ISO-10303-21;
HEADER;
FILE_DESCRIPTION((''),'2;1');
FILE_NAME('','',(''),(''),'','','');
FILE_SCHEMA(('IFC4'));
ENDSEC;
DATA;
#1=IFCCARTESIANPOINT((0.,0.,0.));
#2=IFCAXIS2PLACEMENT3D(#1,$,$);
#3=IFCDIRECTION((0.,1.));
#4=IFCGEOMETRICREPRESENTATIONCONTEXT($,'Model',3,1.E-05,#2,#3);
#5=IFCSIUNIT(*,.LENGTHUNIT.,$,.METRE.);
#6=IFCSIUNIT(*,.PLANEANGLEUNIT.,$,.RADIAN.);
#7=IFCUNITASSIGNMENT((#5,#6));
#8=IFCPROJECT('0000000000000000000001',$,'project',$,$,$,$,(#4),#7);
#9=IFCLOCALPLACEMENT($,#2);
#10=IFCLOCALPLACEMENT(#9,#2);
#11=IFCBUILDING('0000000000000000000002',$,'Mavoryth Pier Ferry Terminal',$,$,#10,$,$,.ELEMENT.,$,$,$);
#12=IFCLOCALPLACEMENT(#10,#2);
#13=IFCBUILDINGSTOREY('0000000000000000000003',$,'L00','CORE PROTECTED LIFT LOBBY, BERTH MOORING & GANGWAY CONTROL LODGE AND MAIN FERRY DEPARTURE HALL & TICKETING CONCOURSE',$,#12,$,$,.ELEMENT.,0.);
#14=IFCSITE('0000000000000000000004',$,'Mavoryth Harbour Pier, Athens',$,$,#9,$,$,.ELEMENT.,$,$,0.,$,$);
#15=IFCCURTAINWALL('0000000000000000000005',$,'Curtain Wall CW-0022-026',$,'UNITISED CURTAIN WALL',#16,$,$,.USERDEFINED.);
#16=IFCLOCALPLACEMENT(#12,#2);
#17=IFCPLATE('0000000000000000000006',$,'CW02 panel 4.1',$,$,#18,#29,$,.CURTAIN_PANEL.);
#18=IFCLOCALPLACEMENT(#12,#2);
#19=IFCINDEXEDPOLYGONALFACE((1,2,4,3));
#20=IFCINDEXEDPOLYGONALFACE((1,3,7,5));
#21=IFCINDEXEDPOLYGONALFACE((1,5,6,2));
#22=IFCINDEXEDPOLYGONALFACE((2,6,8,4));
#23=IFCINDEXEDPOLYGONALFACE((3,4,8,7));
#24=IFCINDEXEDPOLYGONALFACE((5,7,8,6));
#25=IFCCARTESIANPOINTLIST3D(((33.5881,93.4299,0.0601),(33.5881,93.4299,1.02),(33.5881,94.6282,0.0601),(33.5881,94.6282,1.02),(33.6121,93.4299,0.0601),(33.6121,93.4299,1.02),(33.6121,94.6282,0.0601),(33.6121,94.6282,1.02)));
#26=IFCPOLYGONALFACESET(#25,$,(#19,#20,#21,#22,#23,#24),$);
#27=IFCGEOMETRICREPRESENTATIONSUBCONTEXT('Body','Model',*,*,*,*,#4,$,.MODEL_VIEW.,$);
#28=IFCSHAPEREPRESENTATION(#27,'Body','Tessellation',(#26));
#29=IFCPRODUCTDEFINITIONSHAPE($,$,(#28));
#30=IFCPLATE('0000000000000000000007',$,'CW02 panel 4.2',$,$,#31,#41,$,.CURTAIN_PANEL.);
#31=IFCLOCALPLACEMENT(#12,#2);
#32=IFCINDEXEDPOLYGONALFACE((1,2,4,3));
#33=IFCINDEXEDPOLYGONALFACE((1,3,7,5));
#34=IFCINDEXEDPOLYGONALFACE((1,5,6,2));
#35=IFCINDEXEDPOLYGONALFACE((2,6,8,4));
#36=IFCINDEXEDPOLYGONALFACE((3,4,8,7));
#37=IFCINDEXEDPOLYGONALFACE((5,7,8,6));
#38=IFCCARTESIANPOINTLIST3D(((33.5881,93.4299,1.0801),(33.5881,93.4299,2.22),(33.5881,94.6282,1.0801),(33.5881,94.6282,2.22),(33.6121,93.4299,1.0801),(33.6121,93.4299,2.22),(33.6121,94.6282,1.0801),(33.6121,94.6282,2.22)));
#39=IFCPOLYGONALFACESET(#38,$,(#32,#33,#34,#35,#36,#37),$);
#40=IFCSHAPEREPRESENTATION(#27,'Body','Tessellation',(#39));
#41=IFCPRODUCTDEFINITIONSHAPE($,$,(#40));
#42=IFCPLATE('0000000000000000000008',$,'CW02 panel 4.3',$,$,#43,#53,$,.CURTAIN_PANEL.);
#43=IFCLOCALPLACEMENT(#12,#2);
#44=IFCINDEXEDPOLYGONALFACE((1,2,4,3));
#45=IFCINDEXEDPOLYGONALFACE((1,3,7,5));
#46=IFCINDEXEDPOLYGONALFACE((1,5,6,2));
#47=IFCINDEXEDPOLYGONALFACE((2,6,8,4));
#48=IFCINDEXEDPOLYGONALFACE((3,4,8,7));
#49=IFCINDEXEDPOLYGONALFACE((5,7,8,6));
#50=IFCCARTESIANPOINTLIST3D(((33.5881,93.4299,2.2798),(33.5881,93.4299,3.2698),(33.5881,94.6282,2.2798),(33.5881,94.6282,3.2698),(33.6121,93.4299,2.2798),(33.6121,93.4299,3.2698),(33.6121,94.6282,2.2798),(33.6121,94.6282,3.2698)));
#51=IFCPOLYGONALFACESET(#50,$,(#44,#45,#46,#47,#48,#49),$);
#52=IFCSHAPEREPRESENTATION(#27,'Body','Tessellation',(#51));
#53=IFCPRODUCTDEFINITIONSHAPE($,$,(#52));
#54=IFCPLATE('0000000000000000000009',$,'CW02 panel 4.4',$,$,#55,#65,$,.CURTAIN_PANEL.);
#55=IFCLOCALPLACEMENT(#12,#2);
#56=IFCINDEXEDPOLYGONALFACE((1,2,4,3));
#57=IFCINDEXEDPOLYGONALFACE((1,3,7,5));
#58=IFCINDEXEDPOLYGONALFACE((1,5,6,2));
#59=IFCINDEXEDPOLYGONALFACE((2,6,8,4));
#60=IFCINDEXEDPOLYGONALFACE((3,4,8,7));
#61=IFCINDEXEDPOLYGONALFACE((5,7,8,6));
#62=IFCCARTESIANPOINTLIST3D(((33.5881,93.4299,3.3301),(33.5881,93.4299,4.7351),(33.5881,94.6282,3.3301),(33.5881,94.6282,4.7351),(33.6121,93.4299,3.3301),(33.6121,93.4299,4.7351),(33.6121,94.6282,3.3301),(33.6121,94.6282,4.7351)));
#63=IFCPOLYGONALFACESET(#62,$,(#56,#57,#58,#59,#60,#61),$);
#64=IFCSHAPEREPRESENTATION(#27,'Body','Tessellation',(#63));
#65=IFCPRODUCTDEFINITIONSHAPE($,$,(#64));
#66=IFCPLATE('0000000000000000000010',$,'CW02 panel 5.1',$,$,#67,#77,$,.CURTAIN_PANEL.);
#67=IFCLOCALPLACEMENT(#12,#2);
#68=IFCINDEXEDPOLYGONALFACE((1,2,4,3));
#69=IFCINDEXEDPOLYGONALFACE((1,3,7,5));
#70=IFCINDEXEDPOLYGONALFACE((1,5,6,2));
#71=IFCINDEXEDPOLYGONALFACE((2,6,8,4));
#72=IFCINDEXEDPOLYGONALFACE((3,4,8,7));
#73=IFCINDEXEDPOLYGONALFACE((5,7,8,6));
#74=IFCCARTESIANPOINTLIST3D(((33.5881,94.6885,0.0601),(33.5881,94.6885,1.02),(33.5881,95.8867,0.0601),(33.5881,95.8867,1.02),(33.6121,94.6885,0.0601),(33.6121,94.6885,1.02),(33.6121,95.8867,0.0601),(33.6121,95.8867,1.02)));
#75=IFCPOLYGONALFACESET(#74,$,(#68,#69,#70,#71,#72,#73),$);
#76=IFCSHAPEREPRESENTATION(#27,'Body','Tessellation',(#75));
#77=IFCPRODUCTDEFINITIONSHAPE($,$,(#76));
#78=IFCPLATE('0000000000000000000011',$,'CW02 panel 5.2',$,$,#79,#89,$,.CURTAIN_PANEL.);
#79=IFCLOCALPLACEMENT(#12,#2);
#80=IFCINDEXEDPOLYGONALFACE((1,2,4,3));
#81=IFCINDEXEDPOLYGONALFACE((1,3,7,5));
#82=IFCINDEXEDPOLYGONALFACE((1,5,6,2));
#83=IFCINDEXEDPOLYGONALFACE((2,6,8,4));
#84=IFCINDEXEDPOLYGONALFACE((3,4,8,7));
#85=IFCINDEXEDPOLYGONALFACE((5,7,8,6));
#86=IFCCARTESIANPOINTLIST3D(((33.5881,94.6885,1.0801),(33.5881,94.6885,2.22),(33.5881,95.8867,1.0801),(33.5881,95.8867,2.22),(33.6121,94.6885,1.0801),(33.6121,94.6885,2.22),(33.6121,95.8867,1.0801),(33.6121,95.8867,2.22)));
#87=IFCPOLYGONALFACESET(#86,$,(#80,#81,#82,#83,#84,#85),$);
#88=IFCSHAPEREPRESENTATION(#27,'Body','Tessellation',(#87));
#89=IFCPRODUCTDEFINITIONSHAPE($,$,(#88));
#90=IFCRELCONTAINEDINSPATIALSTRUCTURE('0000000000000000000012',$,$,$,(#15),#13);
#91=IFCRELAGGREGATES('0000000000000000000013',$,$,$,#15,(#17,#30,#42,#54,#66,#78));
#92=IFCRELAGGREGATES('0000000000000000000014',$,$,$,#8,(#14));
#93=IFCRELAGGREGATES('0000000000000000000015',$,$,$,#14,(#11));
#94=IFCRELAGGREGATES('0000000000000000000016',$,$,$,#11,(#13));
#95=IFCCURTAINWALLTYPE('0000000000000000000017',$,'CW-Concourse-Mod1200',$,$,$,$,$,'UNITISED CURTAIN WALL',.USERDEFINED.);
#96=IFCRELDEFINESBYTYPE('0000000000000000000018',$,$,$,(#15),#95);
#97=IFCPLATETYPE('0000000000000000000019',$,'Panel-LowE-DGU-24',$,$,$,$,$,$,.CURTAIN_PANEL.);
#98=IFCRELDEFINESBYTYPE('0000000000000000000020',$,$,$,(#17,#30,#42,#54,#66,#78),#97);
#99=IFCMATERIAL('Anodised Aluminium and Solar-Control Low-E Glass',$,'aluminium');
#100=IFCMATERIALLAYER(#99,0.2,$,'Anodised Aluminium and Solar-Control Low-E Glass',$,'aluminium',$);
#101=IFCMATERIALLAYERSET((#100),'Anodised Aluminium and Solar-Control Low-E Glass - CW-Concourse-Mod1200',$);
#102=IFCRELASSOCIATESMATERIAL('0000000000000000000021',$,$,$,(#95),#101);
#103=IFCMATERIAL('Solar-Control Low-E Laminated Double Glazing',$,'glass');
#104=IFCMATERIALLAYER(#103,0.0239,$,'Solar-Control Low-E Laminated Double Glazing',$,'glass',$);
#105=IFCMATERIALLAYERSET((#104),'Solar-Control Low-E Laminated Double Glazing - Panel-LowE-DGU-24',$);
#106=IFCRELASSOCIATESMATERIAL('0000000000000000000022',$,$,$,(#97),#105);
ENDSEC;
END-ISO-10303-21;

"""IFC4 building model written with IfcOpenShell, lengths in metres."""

from ifc_helpers import new_model, si_unit, direction, frame, origin, origin_2d, place, context, subcontext, project, spatial, rectangle, extrude, material, layer, layer_set, type_object, element, aggregate, save


model = new_model("IFC4")

# Units and contexts
model_context = context("Model", 3, precision=1e-05, world=origin(), true_north=direction((0.0, 1.0)))
body_context = subcontext(model_context, "Body", "Model", "MODEL_VIEW")
ifc_project = project(units=[si_unit("LENGTHUNIT", "METRE"), si_unit("PLANEANGLEUNIT", "RADIAN")], contexts=[model_context])

# Site, building, storey
site_placement = place(None, origin())
site = spatial("IfcSite", under=ifc_project, at=site_placement, Name="Mavoryth Harbour Pier, Athens", CompositionType="ELEMENT", RefElevation=0.0)
building_placement = place(site_placement, origin())
building = spatial("IfcBuilding", under=site, at=building_placement, Name="Mavoryth Pier Ferry Terminal", CompositionType="ELEMENT")
storey_placement = place(building_placement, origin())
storey = spatial("IfcBuildingStorey", under=building, at=storey_placement, Name="L00", Description="CORE PROTECTED LIFT LOBBY, BERTH MOORING & GANGWAY CONTROL LODGE AND MAIN FERRY DEPARTURE HALL & TICKETING CONCOURSE", CompositionType="ELEMENT", Elevation=0.0)

# Curtain wall, plates
ifc_material_1 = material(Name="Anodised Aluminium and Solar-Control Low-E Glass", Category="aluminium")
ifc_layer_1 = layer(ifc_material_1, 0.2, Name="Anodised Aluminium and Solar-Control Low-E Glass", Category="aluminium")
ifc_layer_set_1 = layer_set([ifc_layer_1], Name="Anodised Aluminium and Solar-Control Low-E Glass - CW-Concourse-Mod1200")
curtain_wall_type = type_object("IfcCurtainWallType", Name="CW-Concourse-Mod1200", ElementType="UNITISED CURTAIN WALL", PredefinedType="USERDEFINED", material=ifc_layer_set_1)
curtain_wall_placement = place(storey_placement, origin())
curtain_wall = element("IfcCurtainWall", 1, at=curtain_wall_placement, inside=storey, type_object=curtain_wall_type, Name="Curtain Wall CW-0022-026", ObjectType="UNITISED CURTAIN WALL", PredefinedType="USERDEFINED")
ifc_material_2 = material(Name="Solar-Control Low-E Laminated Double Glazing", Category="glass")
ifc_layer_2 = layer(ifc_material_2, 0.0239, Name="Solar-Control Low-E Laminated Double Glazing", Category="glass")
ifc_layer_set_2 = layer_set([ifc_layer_2], Name="Solar-Control Low-E Laminated Double Glazing - Panel-LowE-DGU-24")
plate_type = type_object("IfcPlateType", Name="Panel-LowE-DGU-24", PredefinedType="CURTAIN_PANEL", material=ifc_layer_set_2)
plate_1_placement = place(storey_placement, frame((33.6001, 94.0291, 0.0601), z_axis=(0.0, 0.0, 1.0), x_axis=(0.0, 1.0, 0.0)))
plate_1 = element("IfcPlate", 2, at=plate_1_placement, type_object=plate_type, Name="CW02 panel 4.1", PredefinedType="CURTAIN_PANEL", context=body_context, shape_type="SweptSolid", body=[
    extrude(rectangle(XDim=1.1982, YDim=0.0239, at=origin_2d()), origin(), (0.0, 0.0, 1.0), 0.96),
])
plate_2_placement = place(storey_placement, frame((33.6001, 94.0291, 1.0801), z_axis=(0.0, 0.0, 1.0), x_axis=(0.0, 1.0, 0.0)))
plate_2 = element("IfcPlate", 3, at=plate_2_placement, type_object=plate_type, Name="CW02 panel 4.2", PredefinedType="CURTAIN_PANEL", context=body_context, shape_type="SweptSolid", body=[
    extrude(rectangle(XDim=1.1982, YDim=0.0239, at=origin_2d()), origin(), (0.0, 0.0, 1.0), 1.1399),
])
plate_3_placement = place(storey_placement, frame((33.6001, 94.0291, 2.2798), z_axis=(0.0, 0.0, 1.0), x_axis=(0.0, 1.0, 0.0)))
plate_3 = element("IfcPlate", 4, at=plate_3_placement, type_object=plate_type, Name="CW02 panel 4.3", PredefinedType="CURTAIN_PANEL", context=body_context, shape_type="SweptSolid", body=[
    extrude(rectangle(XDim=1.1982, YDim=0.0239, at=origin_2d()), origin(), (0.0, 0.0, 1.0), 0.99),
])
plate_4_placement = place(storey_placement, frame((33.6001, 94.0291, 3.3301), z_axis=(0.0, 0.0, 1.0), x_axis=(0.0, 1.0, 0.0)))
plate_4 = element("IfcPlate", 5, at=plate_4_placement, type_object=plate_type, Name="CW02 panel 4.4", PredefinedType="CURTAIN_PANEL", context=body_context, shape_type="SweptSolid", body=[
    extrude(rectangle(XDim=1.1982, YDim=0.0239, at=origin_2d()), origin(), (0.0, 0.0, 1.0), 1.405),
])
plate_5_placement = place(storey_placement, frame((33.6001, 95.2876, 0.0601), z_axis=(0.0, 0.0, 1.0), x_axis=(0.0, 1.0, 0.0)))
plate_5 = element("IfcPlate", 6, at=plate_5_placement, type_object=plate_type, Name="CW02 panel 5.1", PredefinedType="CURTAIN_PANEL", context=body_context, shape_type="SweptSolid", body=[
    extrude(rectangle(XDim=1.1982, YDim=0.0239, at=origin_2d()), origin(), (0.0, 0.0, 1.0), 0.96),
])
plate_6_placement = place(storey_placement, frame((33.6001, 95.2876, 1.0801), z_axis=(0.0, 0.0, 1.0), x_axis=(0.0, 1.0, 0.0)))
plate_6 = element("IfcPlate", 7, at=plate_6_placement, type_object=plate_type, Name="CW02 panel 5.2", PredefinedType="CURTAIN_PANEL", context=body_context, shape_type="SweptSolid", body=[
    extrude(rectangle(XDim=1.1982, YDim=0.0239, at=origin_2d()), origin(), (0.0, 0.0, 1.0), 1.1399),
])
aggregate(curtain_wall, [plate_1, plate_2, plate_3, plate_4, plate_5, plate_6])

save(model, "model.ifc")
